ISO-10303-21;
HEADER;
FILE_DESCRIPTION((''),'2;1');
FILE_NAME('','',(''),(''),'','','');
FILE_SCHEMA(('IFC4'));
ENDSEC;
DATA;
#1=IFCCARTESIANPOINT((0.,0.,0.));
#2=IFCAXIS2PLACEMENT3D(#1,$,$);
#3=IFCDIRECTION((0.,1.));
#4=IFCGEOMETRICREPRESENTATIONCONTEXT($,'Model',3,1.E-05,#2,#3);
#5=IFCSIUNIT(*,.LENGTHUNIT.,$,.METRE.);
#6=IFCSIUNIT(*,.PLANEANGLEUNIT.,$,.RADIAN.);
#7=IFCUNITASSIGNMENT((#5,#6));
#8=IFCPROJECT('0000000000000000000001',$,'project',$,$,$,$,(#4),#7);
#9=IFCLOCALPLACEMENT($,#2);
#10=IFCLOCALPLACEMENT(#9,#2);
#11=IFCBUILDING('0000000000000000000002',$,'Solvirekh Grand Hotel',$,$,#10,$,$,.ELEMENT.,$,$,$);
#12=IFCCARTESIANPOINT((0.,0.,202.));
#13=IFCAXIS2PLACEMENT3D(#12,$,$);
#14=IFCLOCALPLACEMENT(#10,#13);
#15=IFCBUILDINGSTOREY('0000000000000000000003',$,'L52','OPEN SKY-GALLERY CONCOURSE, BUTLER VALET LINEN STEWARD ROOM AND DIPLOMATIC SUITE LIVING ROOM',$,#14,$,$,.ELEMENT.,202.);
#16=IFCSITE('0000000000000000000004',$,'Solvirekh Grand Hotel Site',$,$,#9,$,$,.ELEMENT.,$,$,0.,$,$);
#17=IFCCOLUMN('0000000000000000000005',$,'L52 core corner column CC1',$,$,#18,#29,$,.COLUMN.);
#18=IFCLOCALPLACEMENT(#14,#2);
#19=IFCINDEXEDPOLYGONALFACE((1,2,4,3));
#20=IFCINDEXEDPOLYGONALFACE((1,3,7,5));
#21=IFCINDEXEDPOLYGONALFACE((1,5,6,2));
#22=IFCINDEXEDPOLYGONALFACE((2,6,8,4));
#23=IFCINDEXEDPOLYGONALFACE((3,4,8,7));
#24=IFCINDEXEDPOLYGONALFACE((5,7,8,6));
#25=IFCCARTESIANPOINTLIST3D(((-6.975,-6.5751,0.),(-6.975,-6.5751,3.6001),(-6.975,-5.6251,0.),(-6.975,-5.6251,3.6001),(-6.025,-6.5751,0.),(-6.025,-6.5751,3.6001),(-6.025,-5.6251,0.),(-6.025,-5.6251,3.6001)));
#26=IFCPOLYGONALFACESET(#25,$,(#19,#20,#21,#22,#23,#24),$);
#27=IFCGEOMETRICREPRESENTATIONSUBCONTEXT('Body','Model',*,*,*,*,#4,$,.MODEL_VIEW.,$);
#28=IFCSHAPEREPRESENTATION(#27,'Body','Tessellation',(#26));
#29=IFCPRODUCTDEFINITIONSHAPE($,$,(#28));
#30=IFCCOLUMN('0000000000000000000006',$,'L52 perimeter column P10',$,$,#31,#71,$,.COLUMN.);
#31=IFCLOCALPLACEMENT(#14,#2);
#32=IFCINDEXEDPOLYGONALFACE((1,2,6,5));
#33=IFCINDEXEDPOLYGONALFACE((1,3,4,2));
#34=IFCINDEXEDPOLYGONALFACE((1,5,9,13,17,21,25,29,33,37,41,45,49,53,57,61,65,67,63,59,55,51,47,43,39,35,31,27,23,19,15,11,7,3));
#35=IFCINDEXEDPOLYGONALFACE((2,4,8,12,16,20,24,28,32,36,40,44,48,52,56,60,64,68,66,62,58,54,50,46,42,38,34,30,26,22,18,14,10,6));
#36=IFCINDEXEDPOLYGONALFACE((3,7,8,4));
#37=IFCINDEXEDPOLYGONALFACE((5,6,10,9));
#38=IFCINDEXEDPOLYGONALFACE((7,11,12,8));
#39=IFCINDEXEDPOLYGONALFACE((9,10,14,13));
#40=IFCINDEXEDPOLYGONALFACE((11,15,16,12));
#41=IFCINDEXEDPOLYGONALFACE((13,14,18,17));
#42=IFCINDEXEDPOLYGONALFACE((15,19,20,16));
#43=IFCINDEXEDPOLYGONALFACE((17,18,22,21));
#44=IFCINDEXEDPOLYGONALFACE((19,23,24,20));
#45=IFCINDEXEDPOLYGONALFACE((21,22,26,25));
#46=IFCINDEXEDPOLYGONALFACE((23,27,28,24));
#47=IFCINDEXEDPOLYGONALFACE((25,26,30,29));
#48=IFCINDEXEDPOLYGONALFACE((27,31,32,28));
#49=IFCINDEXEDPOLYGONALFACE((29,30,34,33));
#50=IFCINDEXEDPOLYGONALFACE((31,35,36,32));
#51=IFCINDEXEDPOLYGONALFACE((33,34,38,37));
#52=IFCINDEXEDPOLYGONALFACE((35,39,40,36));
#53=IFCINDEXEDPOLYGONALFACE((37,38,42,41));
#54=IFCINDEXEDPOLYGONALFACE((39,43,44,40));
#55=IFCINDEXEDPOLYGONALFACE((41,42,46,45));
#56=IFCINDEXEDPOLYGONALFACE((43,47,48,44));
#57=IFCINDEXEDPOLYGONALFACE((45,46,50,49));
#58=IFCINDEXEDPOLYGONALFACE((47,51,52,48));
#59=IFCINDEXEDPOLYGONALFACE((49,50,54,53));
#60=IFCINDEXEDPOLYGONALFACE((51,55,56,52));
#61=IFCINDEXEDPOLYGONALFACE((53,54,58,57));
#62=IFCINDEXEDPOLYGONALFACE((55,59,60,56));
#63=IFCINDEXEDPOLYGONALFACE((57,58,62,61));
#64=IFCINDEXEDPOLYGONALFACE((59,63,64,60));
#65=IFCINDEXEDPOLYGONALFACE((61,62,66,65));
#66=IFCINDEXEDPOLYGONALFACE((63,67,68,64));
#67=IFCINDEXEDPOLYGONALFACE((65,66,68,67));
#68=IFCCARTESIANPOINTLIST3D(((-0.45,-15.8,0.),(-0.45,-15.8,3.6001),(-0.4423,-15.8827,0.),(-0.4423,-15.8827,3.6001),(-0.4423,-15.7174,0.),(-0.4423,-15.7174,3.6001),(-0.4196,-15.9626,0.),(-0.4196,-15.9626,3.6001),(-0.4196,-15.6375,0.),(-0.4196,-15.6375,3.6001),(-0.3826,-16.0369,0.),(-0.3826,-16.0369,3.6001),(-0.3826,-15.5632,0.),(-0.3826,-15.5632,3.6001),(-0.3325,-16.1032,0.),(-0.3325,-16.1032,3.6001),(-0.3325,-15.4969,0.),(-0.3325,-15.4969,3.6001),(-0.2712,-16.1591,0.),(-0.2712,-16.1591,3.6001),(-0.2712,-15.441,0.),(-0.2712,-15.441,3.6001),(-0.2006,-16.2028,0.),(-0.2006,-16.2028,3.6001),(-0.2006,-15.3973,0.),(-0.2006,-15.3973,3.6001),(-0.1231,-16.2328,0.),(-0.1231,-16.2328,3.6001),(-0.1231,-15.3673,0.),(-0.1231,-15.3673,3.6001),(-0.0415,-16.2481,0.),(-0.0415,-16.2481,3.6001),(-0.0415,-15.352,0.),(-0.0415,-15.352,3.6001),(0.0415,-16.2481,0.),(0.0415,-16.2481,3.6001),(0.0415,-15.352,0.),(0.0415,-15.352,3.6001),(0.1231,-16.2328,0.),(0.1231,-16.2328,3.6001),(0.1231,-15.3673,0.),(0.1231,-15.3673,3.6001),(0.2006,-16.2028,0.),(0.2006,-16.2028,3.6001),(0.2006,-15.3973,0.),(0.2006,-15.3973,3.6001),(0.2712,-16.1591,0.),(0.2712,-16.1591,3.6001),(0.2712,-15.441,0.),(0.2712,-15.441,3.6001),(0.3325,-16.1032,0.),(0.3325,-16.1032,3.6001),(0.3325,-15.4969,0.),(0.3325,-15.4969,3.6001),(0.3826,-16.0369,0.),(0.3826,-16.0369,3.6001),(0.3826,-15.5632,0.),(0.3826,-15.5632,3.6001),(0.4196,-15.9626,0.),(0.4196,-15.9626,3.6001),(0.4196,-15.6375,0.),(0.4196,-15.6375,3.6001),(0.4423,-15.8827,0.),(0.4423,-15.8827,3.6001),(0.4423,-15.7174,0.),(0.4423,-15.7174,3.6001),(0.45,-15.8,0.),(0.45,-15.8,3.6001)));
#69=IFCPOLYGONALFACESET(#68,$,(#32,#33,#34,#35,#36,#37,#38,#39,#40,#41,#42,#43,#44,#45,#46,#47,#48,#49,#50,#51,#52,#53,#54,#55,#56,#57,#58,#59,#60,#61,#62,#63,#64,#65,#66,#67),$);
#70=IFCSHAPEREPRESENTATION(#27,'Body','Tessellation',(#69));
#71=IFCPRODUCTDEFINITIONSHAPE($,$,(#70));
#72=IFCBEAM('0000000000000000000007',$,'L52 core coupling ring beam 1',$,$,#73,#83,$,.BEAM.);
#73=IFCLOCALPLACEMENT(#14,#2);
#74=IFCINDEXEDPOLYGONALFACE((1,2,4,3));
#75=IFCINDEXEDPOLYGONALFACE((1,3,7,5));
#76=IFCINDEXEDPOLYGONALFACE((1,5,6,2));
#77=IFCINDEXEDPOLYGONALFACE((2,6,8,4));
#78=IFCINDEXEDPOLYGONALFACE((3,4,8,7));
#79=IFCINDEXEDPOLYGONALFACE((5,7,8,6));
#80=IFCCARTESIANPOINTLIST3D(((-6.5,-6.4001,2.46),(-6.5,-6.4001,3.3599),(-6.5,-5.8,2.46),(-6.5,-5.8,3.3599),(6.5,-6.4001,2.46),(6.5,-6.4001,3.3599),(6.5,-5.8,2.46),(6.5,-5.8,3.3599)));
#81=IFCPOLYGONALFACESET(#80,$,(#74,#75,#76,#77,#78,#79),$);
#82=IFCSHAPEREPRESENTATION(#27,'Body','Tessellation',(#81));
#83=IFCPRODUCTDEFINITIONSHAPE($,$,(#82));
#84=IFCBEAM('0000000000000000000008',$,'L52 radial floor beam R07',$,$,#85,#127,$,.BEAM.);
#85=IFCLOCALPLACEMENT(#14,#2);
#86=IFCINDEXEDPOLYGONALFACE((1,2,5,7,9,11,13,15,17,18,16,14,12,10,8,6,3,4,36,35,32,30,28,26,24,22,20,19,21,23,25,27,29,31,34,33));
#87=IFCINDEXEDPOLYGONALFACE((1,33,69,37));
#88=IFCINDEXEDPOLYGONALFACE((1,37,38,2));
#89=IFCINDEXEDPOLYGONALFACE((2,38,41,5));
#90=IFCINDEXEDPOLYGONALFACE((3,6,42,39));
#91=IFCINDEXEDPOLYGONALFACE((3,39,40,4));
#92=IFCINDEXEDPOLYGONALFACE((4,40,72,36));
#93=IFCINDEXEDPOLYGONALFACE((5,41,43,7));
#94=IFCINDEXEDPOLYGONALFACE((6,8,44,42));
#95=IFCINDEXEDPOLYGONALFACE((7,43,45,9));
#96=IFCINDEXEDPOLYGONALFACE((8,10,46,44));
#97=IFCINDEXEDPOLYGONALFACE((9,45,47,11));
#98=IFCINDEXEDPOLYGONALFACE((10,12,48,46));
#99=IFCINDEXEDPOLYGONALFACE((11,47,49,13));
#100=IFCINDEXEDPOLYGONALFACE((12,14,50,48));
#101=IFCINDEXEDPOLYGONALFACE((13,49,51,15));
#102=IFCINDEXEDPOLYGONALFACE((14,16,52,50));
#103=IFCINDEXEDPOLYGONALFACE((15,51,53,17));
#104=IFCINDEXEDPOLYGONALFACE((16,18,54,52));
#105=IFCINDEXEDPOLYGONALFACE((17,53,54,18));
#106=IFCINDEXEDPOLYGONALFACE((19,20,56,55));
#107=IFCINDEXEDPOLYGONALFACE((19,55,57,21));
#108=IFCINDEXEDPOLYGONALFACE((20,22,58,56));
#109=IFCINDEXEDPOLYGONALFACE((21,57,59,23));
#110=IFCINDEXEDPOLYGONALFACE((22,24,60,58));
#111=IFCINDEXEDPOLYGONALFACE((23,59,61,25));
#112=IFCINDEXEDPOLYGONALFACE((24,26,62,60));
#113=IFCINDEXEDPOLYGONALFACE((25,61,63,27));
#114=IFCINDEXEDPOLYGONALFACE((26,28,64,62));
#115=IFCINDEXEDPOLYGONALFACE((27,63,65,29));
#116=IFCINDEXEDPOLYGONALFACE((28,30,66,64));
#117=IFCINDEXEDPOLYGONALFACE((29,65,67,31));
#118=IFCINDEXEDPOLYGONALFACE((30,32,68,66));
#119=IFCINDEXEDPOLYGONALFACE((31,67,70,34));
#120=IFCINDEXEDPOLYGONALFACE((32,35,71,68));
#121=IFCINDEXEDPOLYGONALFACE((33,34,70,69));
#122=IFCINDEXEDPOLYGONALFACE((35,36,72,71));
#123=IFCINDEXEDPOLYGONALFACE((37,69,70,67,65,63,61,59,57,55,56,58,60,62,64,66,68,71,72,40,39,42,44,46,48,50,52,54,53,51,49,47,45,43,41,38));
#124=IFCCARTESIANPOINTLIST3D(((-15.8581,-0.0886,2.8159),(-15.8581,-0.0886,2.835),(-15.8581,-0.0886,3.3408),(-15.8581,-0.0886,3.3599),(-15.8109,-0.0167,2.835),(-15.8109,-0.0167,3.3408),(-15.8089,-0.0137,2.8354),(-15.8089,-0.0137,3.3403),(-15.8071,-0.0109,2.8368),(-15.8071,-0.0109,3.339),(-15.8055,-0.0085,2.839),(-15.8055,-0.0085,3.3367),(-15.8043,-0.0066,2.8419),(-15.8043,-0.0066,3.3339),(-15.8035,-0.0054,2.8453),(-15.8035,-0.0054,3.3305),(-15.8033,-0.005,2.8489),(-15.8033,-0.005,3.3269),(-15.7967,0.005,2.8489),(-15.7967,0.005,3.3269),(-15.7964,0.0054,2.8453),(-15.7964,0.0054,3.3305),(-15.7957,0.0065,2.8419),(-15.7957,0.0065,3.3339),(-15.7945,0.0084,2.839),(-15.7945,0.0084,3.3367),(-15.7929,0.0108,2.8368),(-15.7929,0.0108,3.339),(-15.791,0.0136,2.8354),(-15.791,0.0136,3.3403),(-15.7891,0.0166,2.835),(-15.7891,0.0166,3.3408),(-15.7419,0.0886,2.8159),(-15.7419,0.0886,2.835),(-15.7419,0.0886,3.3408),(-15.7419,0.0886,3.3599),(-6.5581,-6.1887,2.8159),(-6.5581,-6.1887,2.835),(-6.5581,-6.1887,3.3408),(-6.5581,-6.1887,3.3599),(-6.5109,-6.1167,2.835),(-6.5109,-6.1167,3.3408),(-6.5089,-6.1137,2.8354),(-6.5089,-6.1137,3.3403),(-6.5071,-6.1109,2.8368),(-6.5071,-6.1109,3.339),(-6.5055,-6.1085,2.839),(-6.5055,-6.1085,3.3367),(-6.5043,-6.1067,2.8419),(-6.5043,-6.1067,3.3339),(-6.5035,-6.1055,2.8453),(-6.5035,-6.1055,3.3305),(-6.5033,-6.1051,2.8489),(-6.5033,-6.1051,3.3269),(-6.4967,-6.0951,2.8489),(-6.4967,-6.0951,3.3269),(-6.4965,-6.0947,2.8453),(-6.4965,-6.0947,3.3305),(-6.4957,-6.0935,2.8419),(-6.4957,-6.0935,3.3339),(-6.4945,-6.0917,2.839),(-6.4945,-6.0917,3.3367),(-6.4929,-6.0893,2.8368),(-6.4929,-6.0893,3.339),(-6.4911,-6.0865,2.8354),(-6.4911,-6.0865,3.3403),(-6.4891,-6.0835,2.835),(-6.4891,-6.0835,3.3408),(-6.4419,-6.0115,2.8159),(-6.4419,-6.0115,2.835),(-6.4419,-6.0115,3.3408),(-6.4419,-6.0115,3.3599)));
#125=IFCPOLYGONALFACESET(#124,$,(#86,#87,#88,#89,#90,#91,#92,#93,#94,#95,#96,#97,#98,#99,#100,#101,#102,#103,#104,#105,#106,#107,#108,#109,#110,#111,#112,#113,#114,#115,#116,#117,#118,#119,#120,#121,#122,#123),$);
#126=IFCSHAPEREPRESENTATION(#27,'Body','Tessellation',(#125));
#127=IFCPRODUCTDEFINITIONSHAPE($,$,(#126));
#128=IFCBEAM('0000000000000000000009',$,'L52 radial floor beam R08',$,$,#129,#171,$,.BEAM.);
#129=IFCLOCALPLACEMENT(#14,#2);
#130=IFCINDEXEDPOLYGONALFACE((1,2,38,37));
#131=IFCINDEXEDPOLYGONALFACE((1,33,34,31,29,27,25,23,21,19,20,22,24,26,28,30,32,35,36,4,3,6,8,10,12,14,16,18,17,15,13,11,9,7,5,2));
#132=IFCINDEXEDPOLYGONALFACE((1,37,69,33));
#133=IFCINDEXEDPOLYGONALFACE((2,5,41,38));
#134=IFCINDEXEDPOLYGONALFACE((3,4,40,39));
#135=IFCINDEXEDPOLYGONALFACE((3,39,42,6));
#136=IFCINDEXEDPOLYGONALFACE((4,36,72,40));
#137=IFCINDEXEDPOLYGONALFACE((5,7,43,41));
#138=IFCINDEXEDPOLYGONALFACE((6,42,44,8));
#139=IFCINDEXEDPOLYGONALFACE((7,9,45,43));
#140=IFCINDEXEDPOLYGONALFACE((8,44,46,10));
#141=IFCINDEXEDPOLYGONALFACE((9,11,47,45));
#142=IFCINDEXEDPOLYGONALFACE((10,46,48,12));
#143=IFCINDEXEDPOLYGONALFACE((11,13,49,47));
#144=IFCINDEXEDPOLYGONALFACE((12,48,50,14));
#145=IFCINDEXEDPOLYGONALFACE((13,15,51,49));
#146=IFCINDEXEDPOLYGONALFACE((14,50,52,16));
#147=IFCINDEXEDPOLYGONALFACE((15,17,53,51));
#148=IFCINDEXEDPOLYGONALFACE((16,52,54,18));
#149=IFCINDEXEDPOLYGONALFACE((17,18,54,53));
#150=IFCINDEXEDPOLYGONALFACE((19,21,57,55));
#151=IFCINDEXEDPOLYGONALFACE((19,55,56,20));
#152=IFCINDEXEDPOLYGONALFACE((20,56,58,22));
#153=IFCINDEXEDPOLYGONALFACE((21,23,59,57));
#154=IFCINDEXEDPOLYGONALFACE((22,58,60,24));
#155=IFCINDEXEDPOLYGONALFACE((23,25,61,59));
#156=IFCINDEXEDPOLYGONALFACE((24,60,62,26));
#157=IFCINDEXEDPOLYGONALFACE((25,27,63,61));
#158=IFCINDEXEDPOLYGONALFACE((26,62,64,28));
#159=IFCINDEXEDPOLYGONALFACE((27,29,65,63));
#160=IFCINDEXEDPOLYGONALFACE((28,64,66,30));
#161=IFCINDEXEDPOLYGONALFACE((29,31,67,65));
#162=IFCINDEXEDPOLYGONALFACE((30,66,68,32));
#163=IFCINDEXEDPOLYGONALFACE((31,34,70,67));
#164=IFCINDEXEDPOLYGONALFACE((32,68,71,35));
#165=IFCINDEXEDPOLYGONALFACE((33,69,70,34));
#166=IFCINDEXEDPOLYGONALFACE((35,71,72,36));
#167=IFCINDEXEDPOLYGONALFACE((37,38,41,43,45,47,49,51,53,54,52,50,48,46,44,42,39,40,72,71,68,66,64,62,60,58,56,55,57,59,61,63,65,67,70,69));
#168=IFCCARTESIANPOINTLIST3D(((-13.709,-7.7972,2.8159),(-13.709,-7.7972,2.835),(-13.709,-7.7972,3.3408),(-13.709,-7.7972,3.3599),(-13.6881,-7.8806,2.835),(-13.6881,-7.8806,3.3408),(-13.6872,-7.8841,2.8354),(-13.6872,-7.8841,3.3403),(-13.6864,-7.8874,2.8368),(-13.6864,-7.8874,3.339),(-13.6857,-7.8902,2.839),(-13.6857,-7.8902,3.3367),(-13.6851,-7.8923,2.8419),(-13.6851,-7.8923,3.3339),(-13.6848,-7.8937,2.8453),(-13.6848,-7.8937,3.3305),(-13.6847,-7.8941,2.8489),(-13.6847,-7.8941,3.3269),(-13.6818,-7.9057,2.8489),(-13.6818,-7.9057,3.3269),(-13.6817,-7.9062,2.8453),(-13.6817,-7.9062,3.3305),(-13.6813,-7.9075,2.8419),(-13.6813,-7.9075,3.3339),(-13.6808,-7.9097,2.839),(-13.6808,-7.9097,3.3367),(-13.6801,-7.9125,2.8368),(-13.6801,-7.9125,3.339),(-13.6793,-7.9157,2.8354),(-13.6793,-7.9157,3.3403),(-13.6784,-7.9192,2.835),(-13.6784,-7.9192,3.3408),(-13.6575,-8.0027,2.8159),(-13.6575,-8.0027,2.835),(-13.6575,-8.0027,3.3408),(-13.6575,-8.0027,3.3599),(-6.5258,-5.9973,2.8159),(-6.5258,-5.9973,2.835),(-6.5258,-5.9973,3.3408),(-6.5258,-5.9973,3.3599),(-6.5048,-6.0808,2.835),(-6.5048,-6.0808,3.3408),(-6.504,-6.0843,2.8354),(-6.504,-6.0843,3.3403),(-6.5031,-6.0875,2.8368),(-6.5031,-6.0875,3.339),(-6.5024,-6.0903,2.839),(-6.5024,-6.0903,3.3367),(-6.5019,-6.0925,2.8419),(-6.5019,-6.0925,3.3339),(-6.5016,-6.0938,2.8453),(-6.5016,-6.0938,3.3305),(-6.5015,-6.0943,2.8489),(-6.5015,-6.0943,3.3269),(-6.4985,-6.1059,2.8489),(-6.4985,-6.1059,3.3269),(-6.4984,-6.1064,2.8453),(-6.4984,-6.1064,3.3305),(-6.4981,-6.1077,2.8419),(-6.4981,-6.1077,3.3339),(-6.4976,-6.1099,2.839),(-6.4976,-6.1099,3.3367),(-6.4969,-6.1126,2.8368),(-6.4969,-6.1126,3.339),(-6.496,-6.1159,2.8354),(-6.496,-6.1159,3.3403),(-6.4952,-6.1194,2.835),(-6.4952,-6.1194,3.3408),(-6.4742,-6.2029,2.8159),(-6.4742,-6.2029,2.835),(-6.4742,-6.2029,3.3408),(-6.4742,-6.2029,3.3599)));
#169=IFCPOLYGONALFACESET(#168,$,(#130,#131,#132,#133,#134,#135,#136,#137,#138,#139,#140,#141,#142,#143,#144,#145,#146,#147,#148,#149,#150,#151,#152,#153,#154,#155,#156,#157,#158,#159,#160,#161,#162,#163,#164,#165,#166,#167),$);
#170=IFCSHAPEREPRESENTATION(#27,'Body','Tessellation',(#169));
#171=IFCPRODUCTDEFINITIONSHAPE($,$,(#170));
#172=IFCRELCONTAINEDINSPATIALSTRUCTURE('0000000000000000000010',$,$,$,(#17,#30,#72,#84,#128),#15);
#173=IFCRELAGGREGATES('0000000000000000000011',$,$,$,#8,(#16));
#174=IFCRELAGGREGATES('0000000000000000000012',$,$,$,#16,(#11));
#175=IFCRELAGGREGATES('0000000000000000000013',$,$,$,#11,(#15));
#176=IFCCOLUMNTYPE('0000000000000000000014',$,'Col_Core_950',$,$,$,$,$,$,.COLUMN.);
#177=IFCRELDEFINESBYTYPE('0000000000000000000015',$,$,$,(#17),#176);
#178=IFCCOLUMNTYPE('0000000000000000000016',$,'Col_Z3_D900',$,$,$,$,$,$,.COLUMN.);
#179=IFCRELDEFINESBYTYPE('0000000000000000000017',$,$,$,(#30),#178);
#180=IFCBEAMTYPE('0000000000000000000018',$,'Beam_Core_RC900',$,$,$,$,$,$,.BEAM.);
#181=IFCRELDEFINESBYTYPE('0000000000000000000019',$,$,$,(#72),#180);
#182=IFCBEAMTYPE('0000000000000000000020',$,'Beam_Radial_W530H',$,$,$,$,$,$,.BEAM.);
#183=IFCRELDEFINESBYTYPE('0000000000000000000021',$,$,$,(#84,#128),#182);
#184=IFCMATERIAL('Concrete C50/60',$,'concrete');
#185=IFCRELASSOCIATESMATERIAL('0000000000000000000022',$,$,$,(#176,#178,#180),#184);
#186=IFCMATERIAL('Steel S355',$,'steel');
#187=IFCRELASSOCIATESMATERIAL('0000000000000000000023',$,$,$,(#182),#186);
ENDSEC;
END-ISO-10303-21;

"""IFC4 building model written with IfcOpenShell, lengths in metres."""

from ifc_helpers import new_model, si_unit, direction, frame, origin, origin_2d, place, context, subcontext, project, spatial, rectangle, circle, i_section, extrude, material, material_profile, profile_set, type_object, element, save


model = new_model("IFC4")

# Units and contexts
model_context = context("Model", 3, precision=1e-05, world=origin(), true_north=direction((0.0, 1.0)))
body_context = subcontext(model_context, "Body", "Model", "MODEL_VIEW")
ifc_project = project(units=[si_unit("LENGTHUNIT", "METRE"), si_unit("PLANEANGLEUNIT", "RADIAN")], contexts=[model_context])

# Site, building, storey
site_placement = place(None, origin())
site = spatial("IfcSite", under=ifc_project, at=site_placement, Name="Solvirekh Grand Hotel Site", CompositionType="ELEMENT", RefElevation=0.0)
building_placement = place(site_placement, origin())
building = spatial("IfcBuilding", under=site, at=building_placement, Name="Solvirekh Grand Hotel", CompositionType="ELEMENT")
storey_placement = place(building_placement, frame((0.0, 0.0, 202.0)))
storey = spatial("IfcBuildingStorey", under=building, at=storey_placement, Name="L52", Description="OPEN SKY-GALLERY CONCOURSE, BUTLER VALET LINEN STEWARD ROOM AND DIPLOMATIC SUITE LIVING ROOM", CompositionType="ELEMENT", Elevation=202.0)

# Columns
ifc_material_1 = material(Name="Concrete C50/60", Category="concrete")
ifc_material_profile_1 = material_profile(ifc_material_1, rectangle(XDim=0.95, YDim=0.95, at=origin_2d()), Name="RC 950X950")
ifc_profile_set_1 = profile_set([ifc_material_profile_1], Name="Concrete C50/60")
column_type_1 = type_object("IfcColumnType", Name="Col_Core_950", PredefinedType="COLUMN", material=ifc_profile_set_1)
column_1_placement = place(storey_placement, frame((-6.5, -6.1001, 0.0), z_axis=(0.0, 0.0, 1.0), x_axis=(1.0, 0.0, 0.0)))
element("IfcColumn", 1, at=column_1_placement, inside=storey, type_object=column_type_1, Name="L52 core corner column CC1", PredefinedType="COLUMN", context=body_context, shape_type="SweptSolid", body=[
    extrude(rectangle(XDim=0.95, YDim=0.95, at=origin_2d()), origin(), (0.0, 0.0, 1.0), 3.6001),
])
ifc_material_profile_2 = material_profile(ifc_material_1, circle(Radius=0.45, at=origin_2d()), Name="RC CIRC D900")
ifc_profile_set_2 = profile_set([ifc_material_profile_2], Name="Concrete C50/60")
column_type_2 = type_object("IfcColumnType", Name="Col_Z3_D900", PredefinedType="COLUMN", material=ifc_profile_set_2)
column_2_placement = place(storey_placement, frame((0.0, -15.8, 0.0), z_axis=(0.0, 0.0, 1.0), x_axis=(1.0, 0.0, 0.0)))
element("IfcColumn", 2, at=column_2_placement, inside=storey, type_object=column_type_2, Name="L52 perimeter column P10", PredefinedType="COLUMN", context=body_context, shape_type="SweptSolid", body=[
    extrude(circle(Radius=0.45, at=origin_2d()), origin(), (0.0, 0.0, 1.0), 3.6001),
])

# Beams
ifc_material_profile_3 = material_profile(ifc_material_1, rectangle(XDim=0.6001, YDim=0.8999, at=origin_2d()), Name="RC BEAM 600X900")
ifc_profile_set_3 = profile_set([ifc_material_profile_3], Name="Concrete C50/60")
beam_type_1 = type_object("IfcBeamType", Name="Beam_Core_RC900", PredefinedType="BEAM", material=ifc_profile_set_3)
beam_1_placement = place(storey_placement, frame((-6.5, -6.1001, 2.9099), z_axis=(1.0, 0.0, 0.0), x_axis=(0.0, 1.0, 0.0)))
element("IfcBeam", 3, at=beam_1_placement, inside=storey, type_object=beam_type_1, Name="L52 core coupling ring beam 1", PredefinedType="BEAM", context=body_context, shape_type="SweptSolid", body=[
    extrude(rectangle(XDim=0.6001, YDim=0.8999, at=origin_2d()), origin(), (0.0, 0.0, 1.0), 13.0),
])
ifc_material_2 = material(Name="Steel S355", Category="steel")
ifc_material_profile_4 = material_profile(ifc_material_2, i_section(OverallWidth=0.2119, OverallDepth=0.5439, WebThickness=0.012, FlangeThickness=0.019, FilletRadius=0.0139, at=origin_2d()), Name="W530X123")
ifc_profile_set_4 = profile_set([ifc_material_profile_4], Name="Steel S355")
beam_type_2 = type_object("IfcBeamType", Name="Beam_Radial_W530H", PredefinedType="BEAM", material=ifc_profile_set_4)
beam_2_placement = place(storey_placement, frame((-6.5, -6.1001, 3.0879), z_axis=(-0.836174, 0.548464, 0.0), x_axis=(-0.548464, -0.836174, 0.0)))
element("IfcBeam", 4, at=beam_2_placement, inside=storey, type_object=beam_type_2, Name="L52 radial floor beam R07", PredefinedType="BEAM", context=body_context, shape_type="SweptSolid", body=[
    extrude(i_section(OverallWidth=0.2119, OverallDepth=0.5439, WebThickness=0.012, FlangeThickness=0.019, FilletRadius=0.0139, at=origin_2d()), origin(), (0.0, 0.0, 1.0), 11.1221),
])
beam_3_placement = place(storey_placement, frame((-6.5, -6.1001, 3.0879), z_axis=(-0.970014, -0.243048, 0.0), x_axis=(0.243048, -0.970014, 0.0)))
element("IfcBeam", 5, at=beam_3_placement, inside=storey, type_object=beam_type_2, Name="L52 radial floor beam R08", PredefinedType="BEAM", context=body_context, shape_type="SweptSolid", body=[
    extrude(i_section(OverallWidth=0.2119, OverallDepth=0.5439, WebThickness=0.012, FlangeThickness=0.019, FilletRadius=0.0139, at=origin_2d()), origin(), (0.0, 0.0, 1.0), 7.4053),
])

save(model, "model.ifc")
